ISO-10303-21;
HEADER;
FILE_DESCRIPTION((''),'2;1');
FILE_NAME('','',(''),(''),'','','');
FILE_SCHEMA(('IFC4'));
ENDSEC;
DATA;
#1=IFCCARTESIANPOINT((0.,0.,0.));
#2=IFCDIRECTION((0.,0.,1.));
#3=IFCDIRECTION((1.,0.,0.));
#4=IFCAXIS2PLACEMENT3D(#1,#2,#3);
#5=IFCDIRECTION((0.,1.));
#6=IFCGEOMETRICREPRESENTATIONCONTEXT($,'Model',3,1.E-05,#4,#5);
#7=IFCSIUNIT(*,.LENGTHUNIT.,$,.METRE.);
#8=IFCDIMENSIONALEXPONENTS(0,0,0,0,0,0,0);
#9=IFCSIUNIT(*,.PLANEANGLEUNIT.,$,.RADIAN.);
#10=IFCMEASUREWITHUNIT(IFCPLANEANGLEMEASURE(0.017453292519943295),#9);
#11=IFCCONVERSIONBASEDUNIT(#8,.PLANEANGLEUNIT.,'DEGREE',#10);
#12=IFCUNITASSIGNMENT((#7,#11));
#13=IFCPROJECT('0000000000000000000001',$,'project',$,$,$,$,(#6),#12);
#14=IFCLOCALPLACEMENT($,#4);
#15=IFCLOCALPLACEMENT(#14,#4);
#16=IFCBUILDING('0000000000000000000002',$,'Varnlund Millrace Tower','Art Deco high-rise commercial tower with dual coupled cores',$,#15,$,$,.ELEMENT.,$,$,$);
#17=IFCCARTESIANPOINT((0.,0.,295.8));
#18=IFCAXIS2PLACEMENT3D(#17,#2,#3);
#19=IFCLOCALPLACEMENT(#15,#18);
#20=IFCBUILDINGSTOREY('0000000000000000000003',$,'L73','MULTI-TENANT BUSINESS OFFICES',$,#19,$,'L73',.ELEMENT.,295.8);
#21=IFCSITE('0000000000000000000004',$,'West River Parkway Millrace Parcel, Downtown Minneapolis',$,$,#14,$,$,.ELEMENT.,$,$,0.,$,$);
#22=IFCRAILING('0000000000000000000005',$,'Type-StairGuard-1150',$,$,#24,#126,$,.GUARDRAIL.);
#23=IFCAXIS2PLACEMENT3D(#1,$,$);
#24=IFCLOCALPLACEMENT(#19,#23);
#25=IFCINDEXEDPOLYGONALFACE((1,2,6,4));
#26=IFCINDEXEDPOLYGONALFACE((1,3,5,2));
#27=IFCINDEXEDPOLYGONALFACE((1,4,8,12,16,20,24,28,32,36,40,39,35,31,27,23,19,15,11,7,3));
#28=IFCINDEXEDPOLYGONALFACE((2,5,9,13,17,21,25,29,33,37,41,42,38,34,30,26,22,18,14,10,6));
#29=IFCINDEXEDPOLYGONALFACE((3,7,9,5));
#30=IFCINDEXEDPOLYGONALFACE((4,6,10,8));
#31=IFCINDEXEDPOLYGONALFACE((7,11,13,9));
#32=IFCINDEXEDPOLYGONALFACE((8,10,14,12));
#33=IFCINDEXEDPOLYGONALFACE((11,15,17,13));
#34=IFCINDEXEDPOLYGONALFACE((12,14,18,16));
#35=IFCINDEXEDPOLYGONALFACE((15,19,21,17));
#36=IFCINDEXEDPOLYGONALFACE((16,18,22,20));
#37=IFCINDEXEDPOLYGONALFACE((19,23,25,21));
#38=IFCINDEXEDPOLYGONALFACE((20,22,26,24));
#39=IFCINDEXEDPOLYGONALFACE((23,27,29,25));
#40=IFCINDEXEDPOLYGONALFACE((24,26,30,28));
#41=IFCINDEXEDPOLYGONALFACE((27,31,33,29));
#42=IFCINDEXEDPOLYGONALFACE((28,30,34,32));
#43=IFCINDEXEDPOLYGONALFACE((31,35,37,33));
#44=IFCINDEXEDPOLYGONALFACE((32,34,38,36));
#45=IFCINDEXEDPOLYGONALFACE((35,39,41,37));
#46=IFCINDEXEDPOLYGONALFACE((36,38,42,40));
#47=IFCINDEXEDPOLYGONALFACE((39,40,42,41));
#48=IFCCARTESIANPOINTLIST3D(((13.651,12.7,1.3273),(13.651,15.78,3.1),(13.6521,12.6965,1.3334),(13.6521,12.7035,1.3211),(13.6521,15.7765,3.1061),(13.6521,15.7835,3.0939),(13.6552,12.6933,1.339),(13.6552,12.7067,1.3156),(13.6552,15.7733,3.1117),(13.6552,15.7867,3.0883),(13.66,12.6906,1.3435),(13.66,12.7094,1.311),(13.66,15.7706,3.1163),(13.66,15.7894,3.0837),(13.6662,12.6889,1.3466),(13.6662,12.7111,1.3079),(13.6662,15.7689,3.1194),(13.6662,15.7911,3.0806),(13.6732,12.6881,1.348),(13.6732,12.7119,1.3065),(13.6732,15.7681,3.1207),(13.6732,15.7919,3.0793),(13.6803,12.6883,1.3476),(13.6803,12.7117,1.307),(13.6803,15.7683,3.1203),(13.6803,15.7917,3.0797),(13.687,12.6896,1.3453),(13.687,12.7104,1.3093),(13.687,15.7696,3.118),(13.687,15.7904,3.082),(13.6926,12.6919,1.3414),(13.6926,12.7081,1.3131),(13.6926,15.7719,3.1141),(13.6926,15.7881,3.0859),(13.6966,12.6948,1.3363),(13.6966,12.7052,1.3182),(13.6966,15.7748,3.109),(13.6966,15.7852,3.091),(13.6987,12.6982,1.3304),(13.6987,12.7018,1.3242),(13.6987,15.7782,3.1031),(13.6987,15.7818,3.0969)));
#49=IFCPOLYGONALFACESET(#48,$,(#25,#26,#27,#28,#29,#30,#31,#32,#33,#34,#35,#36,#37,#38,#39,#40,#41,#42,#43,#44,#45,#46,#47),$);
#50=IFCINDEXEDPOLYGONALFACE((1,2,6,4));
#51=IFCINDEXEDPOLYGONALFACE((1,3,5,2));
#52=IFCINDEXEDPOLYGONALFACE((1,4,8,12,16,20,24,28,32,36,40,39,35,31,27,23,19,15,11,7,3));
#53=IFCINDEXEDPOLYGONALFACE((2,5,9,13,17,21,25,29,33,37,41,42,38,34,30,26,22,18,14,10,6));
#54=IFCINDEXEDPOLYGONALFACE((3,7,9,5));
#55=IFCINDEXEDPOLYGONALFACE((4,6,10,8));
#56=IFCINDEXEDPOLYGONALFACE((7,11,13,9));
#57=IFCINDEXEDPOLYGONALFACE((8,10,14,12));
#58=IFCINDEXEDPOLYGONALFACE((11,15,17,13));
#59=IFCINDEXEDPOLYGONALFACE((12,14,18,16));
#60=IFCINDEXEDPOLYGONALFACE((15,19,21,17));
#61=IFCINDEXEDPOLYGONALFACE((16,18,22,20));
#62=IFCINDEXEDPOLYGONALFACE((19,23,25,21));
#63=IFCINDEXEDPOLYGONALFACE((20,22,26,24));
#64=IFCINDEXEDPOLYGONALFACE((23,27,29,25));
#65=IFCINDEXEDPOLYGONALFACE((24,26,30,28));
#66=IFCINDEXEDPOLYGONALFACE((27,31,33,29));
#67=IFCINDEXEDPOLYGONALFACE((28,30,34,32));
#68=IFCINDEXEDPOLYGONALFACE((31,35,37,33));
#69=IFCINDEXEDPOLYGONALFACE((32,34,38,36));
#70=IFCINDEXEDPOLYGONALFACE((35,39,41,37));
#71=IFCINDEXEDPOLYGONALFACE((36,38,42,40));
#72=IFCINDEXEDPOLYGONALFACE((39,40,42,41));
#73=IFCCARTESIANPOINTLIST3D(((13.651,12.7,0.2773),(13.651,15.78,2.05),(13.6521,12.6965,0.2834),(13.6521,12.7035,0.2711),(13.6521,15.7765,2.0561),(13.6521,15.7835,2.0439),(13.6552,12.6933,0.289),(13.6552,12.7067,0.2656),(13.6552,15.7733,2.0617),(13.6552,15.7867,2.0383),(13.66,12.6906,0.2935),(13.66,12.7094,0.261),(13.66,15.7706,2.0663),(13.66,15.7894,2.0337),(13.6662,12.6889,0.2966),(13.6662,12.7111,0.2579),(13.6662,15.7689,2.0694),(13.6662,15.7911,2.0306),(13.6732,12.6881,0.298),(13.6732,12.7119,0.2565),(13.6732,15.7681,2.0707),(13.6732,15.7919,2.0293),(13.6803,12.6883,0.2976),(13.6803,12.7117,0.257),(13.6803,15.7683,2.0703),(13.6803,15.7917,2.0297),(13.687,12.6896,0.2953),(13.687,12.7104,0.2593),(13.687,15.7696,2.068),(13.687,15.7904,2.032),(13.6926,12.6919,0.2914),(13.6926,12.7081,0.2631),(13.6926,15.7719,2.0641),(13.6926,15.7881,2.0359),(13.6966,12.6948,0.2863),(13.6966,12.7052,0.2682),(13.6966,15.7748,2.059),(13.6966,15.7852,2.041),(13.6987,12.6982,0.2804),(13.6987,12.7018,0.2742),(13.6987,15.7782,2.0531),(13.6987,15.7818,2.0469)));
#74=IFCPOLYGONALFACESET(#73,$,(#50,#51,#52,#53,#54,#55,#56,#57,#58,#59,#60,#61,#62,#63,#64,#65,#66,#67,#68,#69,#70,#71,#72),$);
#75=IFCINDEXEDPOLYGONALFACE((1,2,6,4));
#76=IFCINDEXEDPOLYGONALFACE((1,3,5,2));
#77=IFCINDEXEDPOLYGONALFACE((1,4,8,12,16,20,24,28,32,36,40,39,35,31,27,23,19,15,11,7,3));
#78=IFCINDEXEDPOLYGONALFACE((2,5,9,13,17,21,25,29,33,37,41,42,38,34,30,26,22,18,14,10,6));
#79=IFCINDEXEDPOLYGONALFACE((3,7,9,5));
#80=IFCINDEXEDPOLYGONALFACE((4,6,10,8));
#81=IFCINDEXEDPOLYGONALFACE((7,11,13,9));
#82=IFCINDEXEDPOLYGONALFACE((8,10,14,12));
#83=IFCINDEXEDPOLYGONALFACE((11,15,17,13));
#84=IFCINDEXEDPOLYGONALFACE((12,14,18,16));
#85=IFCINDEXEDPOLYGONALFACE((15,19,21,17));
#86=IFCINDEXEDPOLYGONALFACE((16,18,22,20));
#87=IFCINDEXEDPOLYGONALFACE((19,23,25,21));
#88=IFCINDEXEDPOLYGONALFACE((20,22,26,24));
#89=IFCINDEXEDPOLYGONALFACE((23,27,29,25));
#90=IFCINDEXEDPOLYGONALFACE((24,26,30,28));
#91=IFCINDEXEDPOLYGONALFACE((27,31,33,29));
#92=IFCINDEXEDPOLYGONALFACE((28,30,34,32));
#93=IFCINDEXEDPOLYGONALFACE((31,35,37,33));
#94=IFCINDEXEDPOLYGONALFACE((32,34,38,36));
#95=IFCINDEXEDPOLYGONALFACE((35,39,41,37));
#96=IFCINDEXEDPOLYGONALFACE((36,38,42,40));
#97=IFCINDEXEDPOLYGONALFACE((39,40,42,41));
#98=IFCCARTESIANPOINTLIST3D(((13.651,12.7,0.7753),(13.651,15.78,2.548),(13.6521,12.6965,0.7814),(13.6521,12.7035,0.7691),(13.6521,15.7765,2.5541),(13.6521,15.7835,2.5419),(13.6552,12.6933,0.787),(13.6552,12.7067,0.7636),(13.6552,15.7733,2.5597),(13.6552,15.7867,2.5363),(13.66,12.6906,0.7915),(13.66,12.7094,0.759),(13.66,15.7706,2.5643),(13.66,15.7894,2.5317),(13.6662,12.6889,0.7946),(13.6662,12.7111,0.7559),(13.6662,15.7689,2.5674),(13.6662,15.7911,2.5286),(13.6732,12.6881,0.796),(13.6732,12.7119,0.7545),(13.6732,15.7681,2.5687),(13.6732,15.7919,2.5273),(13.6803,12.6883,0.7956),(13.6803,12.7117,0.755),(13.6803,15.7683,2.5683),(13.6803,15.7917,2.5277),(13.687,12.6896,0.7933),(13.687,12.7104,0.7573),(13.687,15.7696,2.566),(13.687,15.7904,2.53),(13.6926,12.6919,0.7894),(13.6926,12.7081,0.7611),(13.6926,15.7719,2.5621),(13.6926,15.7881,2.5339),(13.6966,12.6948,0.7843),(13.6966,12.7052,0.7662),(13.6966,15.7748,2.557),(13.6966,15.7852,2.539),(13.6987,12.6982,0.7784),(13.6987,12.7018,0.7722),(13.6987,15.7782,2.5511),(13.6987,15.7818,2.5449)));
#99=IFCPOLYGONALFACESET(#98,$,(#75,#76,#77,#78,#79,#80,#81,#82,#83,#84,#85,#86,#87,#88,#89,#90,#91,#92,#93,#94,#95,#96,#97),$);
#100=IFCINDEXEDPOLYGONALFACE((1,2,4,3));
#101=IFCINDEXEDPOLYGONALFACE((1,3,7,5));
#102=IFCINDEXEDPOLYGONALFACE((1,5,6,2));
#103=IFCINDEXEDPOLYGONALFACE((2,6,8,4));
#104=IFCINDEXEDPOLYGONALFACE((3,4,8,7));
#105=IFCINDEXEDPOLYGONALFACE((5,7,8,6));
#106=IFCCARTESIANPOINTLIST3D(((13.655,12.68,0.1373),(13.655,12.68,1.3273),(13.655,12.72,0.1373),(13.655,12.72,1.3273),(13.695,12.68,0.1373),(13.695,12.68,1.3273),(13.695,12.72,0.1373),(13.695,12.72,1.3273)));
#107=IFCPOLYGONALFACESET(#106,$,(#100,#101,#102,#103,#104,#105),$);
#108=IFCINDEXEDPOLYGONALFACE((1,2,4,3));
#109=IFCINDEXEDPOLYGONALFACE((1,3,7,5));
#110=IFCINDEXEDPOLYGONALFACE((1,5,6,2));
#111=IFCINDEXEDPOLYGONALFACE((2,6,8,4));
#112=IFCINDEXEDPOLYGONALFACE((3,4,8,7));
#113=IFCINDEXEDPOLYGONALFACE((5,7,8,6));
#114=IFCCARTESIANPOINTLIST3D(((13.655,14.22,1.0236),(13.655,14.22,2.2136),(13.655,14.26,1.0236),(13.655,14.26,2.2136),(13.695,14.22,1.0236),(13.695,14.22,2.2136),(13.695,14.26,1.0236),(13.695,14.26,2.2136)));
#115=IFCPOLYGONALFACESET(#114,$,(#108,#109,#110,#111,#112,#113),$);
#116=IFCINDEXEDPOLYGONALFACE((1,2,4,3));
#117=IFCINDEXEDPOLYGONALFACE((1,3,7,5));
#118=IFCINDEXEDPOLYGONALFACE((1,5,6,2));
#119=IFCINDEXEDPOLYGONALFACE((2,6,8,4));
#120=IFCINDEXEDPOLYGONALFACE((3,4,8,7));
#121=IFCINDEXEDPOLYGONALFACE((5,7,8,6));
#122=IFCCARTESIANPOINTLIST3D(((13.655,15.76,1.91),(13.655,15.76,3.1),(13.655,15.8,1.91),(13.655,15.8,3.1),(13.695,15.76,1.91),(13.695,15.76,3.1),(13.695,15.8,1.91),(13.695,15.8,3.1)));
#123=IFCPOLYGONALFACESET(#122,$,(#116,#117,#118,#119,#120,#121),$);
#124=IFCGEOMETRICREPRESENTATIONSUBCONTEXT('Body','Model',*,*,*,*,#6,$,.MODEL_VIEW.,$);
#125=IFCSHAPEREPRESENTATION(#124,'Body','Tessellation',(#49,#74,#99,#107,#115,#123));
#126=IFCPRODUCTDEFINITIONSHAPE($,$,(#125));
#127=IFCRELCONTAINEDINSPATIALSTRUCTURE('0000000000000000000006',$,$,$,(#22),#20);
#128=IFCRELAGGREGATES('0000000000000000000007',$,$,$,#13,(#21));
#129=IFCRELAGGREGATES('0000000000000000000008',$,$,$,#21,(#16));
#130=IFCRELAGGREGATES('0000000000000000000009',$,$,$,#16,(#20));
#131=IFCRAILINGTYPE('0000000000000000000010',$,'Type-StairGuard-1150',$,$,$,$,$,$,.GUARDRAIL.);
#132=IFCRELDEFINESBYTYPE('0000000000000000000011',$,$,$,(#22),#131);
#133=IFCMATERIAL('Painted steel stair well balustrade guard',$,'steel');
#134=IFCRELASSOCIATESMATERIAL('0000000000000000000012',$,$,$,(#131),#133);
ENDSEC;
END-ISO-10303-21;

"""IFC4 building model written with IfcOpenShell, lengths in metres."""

from ifc_helpers import new_model, entity, si_unit, converted_unit, direction, frame, origin_with_axes, origin_2d_with_axis, place, context, subcontext, project, spatial, rectangle, circle, extrude, material, type_object, element, save


model = new_model("IFC4")

# Units and contexts
model_context = context("Model", 3, precision=1e-05, world=origin_with_axes(), true_north=direction((0.0, 1.0)))
body_context = subcontext(model_context, "Body", "Model", "MODEL_VIEW")
ifc_project = project(units=[si_unit("LENGTHUNIT", "METRE"), converted_unit("PLANEANGLEUNIT", "DEGREE", entity("IfcPlaneAngleMeasure", 0.017453292519943295), si_unit("PLANEANGLEUNIT", "RADIAN"), dimensions=[0, 0, 0, 0, 0, 0, 0])], contexts=[model_context])

# Site, building, storey
site_placement = place(None, origin_with_axes())
site = spatial("IfcSite", under=ifc_project, at=site_placement, Name="West River Parkway Millrace Parcel, Downtown Minneapolis", CompositionType="ELEMENT", RefElevation=0.0)
building_placement = place(site_placement, origin_with_axes())
building = spatial("IfcBuilding", under=site, at=building_placement, Name="Varnlund Millrace Tower", Description="Art Deco high-rise commercial tower with dual coupled cores", CompositionType="ELEMENT")
storey_placement = place(building_placement, frame((0.0, 0.0, 295.8), z_axis=(0.0, 0.0, 1.0), x_axis=(1.0, 0.0, 0.0)))
storey = spatial("IfcBuildingStorey", under=building, at=storey_placement, Name="L73", Description="MULTI-TENANT BUSINESS OFFICES", LongName="L73", CompositionType="ELEMENT", Elevation=295.8)

# Railing
ifc_material_1 = material(Name="Painted steel stair well balustrade guard", Category="steel")
railing_type_1 = type_object("IfcRailingType", Name="Type-StairGuard-1150", PredefinedType="GUARDRAIL", material=ifc_material_1)
railing_1_placement = place(storey_placement, frame((0.0, 0.0, -295.8), z_axis=(0.0, 0.0, 1.0), x_axis=(1.0, 0.0, 0.0)))
element("IfcRailing", 1, at=railing_1_placement, inside=storey, type_object=railing_type_1, Name="Type-StairGuard-1150", PredefinedType="GUARDRAIL", context=body_context, shape_type="SweptSolid", body=[
    extrude(circle(Radius=0.024, at=origin_2d_with_axis()), frame((13.675, 12.7, 297.1273), z_axis=(0.0, 0.866696, 0.498836), x_axis=(-1.0, 0.0, 0.0)), (0.0, 0.0, 1.0), 3.5537),
    extrude(circle(Radius=0.024, at=origin_2d_with_axis()), frame((13.675, 12.7, 296.0773), z_axis=(0.0, 0.866696, 0.498836), x_axis=(-1.0, 0.0, 0.0)), (0.0, 0.0, 1.0), 3.5537),
    extrude(circle(Radius=0.024, at=origin_2d_with_axis()), frame((13.675, 12.7, 296.5753), z_axis=(0.0, 0.866696, 0.498836), x_axis=(-1.0, 0.0, 0.0)), (0.0, 0.0, 1.0), 3.5537),
    extrude(rectangle(XDim=0.04, YDim=0.04, at=origin_2d_with_axis()), frame((13.675, 12.7, 295.9373), z_axis=(0.0, 0.0, 1.0), x_axis=(1.0, 0.0, 0.0)), (0.0, 0.0, 1.0), 1.19),
    extrude(rectangle(XDim=0.04, YDim=0.04, at=origin_2d_with_axis()), frame((13.675, 14.24, 296.8236), z_axis=(0.0, 0.0, 1.0), x_axis=(1.0, 0.0, 0.0)), (0.0, 0.0, 1.0), 1.19),
    extrude(rectangle(XDim=0.04, YDim=0.04, at=origin_2d_with_axis()), frame((13.675, 15.78, 297.71), z_axis=(0.0, 0.0, 1.0), x_axis=(1.0, 0.0, 0.0)), (0.0, 0.0, 1.0), 1.19),
])

save(model, "model.ifc")
